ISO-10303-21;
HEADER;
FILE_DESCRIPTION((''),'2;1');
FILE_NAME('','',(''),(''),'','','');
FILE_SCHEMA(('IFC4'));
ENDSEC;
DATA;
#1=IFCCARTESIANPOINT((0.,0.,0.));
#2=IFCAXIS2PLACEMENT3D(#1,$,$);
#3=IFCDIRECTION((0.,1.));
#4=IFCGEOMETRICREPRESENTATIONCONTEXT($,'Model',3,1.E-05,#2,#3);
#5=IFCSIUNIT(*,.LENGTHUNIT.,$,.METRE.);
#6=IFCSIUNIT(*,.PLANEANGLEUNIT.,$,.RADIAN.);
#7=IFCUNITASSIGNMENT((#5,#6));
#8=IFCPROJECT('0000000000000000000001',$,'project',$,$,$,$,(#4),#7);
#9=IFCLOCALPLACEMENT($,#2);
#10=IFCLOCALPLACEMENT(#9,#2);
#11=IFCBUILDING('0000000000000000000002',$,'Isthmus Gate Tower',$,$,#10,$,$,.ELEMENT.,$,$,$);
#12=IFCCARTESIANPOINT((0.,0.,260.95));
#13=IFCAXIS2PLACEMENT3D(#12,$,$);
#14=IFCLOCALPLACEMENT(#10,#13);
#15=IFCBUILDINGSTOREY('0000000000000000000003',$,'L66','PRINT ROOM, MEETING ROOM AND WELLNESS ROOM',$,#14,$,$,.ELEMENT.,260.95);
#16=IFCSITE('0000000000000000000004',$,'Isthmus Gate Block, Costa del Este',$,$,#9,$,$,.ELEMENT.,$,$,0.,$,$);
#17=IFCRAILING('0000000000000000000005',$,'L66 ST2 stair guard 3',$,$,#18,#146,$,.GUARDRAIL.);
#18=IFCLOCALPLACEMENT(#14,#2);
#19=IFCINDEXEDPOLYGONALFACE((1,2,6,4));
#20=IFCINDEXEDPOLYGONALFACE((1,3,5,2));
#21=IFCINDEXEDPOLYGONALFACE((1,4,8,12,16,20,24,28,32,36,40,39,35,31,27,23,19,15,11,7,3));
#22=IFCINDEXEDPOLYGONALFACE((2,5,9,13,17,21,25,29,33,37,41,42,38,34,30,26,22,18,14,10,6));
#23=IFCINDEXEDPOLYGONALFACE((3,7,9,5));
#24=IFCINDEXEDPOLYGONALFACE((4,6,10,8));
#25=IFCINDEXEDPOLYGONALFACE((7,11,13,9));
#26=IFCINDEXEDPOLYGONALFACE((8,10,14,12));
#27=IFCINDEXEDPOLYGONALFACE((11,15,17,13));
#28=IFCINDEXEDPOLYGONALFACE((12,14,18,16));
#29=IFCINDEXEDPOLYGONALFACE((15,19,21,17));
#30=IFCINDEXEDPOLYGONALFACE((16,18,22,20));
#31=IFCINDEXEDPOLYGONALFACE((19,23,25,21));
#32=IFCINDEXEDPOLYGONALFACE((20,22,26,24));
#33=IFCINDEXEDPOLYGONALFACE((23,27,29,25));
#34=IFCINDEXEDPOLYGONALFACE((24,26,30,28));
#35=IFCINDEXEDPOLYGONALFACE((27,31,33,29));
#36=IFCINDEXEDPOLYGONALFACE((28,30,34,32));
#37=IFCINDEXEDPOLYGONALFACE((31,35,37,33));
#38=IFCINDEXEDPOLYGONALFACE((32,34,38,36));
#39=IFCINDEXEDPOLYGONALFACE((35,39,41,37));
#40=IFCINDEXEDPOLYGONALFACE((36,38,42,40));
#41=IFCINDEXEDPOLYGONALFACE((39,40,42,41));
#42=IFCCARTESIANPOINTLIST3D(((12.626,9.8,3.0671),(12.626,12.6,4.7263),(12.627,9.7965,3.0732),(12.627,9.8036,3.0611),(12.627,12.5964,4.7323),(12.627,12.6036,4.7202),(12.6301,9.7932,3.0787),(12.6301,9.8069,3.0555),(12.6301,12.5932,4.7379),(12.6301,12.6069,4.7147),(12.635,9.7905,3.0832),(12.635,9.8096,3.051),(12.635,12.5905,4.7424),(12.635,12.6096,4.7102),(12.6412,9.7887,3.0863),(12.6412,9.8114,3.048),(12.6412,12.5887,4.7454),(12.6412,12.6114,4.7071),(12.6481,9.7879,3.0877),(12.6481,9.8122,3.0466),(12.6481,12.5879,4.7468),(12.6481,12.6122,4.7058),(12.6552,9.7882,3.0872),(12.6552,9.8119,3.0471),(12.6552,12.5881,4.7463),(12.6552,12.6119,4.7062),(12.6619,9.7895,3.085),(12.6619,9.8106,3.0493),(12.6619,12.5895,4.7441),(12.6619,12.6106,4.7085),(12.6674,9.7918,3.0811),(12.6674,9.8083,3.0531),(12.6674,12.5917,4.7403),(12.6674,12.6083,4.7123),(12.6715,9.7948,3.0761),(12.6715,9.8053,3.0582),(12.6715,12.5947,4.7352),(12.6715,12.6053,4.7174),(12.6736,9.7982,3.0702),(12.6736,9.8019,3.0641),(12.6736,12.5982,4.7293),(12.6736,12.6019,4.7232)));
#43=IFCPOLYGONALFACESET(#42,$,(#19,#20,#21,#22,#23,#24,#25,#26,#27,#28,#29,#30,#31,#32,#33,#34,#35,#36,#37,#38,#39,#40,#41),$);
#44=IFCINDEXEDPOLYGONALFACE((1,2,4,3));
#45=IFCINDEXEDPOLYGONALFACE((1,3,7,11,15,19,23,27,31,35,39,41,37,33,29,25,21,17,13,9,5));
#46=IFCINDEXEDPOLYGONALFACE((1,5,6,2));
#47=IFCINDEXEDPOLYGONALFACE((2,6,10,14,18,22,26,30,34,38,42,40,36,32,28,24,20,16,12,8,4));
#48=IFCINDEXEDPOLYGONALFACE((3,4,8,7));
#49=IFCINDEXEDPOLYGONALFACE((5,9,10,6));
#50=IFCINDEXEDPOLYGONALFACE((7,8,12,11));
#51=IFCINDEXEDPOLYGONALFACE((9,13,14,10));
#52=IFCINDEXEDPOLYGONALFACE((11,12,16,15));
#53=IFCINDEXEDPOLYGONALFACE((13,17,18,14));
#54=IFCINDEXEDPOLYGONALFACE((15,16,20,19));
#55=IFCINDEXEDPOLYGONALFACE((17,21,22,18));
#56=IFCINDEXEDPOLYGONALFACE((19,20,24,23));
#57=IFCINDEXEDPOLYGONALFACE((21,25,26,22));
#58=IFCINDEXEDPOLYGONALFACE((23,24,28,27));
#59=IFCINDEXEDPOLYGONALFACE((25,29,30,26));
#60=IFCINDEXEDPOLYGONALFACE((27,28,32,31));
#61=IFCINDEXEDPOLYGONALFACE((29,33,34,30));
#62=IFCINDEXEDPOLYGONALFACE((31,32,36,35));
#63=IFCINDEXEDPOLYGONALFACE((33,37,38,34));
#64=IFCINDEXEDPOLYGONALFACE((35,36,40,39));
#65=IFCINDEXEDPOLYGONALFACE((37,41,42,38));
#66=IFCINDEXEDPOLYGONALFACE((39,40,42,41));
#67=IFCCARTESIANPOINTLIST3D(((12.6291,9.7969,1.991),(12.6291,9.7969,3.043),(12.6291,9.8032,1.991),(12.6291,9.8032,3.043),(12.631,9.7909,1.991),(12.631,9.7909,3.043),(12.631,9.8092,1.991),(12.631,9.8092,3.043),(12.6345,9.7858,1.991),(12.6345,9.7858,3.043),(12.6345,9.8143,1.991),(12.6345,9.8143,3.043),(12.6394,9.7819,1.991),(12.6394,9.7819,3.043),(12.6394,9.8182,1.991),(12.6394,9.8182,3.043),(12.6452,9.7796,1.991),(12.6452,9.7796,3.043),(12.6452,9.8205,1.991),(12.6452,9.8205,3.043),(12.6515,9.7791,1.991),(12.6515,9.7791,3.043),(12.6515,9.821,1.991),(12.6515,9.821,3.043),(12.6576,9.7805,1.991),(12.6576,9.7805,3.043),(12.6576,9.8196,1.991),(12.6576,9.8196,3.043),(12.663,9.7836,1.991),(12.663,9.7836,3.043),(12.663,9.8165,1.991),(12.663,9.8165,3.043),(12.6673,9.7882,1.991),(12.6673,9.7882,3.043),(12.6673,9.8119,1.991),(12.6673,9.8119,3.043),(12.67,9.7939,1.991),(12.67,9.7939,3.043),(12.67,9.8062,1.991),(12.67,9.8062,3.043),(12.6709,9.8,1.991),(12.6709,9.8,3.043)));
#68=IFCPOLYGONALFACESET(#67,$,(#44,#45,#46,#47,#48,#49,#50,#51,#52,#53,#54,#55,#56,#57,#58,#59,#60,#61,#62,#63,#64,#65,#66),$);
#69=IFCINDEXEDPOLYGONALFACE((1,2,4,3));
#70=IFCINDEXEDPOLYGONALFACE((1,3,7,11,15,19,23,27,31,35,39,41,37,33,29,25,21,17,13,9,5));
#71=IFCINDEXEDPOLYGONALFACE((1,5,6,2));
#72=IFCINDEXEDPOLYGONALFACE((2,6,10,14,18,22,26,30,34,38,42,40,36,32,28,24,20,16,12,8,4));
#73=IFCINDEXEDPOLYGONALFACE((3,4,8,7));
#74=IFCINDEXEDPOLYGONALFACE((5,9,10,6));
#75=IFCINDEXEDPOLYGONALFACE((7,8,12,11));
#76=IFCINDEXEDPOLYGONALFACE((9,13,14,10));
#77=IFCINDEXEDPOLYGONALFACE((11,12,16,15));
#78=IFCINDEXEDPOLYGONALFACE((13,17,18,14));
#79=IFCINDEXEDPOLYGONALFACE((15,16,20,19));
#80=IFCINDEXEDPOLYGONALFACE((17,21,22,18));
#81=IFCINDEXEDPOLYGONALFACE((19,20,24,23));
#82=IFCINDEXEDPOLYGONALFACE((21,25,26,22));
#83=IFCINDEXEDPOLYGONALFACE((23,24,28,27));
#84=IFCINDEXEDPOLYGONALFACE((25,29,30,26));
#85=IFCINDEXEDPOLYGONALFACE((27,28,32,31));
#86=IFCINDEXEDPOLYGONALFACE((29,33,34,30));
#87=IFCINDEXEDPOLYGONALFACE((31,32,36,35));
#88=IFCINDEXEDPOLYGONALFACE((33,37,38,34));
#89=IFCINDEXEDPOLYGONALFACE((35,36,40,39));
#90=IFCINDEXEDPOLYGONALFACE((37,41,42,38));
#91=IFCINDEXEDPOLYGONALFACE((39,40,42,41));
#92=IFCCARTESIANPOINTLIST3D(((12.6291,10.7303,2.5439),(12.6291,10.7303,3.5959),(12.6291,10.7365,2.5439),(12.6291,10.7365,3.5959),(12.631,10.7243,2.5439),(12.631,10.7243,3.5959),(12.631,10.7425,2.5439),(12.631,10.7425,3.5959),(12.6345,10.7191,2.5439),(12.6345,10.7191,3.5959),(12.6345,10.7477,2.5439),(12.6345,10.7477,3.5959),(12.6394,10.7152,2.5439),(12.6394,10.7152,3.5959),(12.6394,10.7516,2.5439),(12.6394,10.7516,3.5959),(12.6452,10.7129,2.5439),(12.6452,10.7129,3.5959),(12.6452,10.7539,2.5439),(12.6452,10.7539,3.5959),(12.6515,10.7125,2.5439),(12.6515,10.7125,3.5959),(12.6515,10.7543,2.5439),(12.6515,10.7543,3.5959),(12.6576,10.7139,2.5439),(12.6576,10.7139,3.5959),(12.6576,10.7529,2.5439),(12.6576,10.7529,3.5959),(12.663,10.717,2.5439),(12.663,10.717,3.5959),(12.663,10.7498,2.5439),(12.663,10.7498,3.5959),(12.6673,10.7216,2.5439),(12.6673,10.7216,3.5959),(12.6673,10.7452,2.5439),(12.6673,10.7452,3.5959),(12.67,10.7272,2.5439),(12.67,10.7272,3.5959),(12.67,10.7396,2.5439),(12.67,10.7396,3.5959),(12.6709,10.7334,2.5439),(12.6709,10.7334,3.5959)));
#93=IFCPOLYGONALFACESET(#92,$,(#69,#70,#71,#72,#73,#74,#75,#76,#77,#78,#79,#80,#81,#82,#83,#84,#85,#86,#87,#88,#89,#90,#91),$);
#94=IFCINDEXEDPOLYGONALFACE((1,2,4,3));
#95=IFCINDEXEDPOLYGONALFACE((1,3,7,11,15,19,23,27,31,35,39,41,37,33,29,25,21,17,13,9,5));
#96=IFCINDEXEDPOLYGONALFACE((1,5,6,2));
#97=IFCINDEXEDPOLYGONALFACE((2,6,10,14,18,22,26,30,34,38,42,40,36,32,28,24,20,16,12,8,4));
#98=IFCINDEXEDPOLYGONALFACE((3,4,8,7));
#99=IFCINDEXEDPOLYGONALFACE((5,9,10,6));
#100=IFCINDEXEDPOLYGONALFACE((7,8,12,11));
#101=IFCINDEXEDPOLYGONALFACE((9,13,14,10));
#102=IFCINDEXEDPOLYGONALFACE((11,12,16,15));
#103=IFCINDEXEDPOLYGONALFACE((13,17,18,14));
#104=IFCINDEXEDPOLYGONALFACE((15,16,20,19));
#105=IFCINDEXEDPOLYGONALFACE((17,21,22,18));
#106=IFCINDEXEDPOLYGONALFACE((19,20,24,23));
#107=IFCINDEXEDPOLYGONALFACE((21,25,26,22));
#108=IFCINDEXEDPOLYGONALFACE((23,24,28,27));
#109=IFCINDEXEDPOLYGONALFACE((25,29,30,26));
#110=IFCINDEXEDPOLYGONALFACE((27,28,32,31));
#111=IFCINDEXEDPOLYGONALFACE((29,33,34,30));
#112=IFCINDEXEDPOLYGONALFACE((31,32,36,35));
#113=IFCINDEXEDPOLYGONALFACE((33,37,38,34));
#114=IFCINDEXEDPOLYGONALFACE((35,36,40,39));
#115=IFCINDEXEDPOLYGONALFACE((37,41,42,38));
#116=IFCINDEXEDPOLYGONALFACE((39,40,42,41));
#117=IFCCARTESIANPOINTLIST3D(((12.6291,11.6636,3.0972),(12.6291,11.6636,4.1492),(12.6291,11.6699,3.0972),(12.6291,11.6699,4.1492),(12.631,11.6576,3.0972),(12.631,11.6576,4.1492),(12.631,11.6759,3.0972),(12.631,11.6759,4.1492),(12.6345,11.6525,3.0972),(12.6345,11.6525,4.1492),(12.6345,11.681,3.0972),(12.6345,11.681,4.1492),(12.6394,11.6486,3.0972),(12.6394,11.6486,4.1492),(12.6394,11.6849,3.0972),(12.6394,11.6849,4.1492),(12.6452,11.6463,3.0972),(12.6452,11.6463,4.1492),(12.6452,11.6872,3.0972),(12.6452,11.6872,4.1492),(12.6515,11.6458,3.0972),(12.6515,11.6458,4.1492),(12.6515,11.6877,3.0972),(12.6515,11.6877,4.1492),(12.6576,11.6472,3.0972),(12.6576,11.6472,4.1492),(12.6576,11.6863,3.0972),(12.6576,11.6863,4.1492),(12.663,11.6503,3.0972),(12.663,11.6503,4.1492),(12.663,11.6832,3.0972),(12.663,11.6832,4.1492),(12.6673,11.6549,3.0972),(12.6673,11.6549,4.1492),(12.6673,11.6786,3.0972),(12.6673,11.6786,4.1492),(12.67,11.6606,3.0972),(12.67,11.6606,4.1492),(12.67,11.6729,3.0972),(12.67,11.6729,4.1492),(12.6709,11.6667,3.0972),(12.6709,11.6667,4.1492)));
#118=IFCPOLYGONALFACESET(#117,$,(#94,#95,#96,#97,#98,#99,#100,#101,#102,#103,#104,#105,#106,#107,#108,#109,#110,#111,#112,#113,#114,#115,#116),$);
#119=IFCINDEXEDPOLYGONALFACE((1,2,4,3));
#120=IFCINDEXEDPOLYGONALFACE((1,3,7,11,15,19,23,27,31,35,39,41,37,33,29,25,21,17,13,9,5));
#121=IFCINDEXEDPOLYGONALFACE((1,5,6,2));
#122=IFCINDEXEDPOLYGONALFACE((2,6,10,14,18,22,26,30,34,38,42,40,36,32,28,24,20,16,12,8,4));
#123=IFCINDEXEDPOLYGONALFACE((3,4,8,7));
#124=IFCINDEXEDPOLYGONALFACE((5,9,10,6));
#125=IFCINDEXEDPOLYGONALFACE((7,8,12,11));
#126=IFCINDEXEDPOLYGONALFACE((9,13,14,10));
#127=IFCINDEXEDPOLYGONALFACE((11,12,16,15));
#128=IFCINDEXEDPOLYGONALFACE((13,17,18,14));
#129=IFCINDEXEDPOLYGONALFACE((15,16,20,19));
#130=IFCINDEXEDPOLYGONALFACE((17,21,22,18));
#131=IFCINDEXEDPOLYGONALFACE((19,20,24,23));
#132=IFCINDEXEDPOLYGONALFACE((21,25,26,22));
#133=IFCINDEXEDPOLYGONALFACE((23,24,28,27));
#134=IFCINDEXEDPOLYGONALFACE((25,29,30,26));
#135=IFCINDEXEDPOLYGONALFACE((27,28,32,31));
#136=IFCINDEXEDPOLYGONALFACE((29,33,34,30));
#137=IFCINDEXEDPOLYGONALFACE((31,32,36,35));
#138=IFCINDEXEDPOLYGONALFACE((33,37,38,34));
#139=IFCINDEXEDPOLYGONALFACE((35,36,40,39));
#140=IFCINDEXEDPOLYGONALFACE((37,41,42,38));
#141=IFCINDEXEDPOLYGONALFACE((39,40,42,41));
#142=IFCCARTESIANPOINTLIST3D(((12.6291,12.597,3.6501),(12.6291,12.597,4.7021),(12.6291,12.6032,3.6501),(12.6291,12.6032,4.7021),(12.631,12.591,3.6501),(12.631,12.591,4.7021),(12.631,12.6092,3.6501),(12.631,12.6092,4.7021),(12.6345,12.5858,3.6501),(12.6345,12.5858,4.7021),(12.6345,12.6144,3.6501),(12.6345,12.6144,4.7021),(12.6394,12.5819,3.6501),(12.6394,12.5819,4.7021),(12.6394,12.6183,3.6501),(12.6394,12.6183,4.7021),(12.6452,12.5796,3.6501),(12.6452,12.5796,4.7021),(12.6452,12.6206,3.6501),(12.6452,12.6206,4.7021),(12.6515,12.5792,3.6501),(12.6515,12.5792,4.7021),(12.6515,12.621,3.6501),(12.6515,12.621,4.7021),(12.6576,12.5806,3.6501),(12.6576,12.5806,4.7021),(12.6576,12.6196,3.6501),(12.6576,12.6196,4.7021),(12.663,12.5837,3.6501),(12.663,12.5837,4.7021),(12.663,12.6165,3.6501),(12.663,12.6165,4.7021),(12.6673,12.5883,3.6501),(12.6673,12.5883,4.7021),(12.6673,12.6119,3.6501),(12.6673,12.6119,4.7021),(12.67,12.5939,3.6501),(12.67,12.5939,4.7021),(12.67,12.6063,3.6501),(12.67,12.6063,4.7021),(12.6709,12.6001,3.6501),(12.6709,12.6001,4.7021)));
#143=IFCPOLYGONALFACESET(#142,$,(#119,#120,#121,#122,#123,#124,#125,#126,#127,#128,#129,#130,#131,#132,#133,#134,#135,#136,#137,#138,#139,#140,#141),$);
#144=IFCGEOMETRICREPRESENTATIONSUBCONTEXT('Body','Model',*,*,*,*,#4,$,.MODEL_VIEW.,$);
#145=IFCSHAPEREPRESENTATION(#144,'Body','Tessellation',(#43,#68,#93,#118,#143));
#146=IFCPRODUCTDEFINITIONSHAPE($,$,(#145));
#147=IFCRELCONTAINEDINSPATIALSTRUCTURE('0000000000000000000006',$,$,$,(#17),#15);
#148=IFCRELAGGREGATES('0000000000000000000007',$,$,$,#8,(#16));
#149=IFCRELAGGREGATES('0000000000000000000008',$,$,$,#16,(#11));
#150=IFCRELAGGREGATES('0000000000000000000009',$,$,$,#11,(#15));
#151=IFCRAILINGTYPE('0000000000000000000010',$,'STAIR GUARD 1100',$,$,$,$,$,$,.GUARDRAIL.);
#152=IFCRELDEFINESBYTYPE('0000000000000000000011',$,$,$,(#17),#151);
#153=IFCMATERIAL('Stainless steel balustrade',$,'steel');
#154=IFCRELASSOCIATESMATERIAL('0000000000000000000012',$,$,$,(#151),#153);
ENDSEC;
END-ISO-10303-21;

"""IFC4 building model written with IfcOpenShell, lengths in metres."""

from ifc_helpers import new_model, si_unit, direction, frame, origin, origin_2d, place, context, subcontext, project, spatial, circle, extrude, material, type_object, element, save


model = new_model("IFC4")

# Units and contexts
model_context = context("Model", 3, precision=1e-05, world=origin(), true_north=direction((0.0, 1.0)))
body_context = subcontext(model_context, "Body", "Model", "MODEL_VIEW")
ifc_project = project(units=[si_unit("LENGTHUNIT", "METRE"), si_unit("PLANEANGLEUNIT", "RADIAN")], contexts=[model_context])

# Site, building, storey
site_placement = place(None, origin())
site = spatial("IfcSite", under=ifc_project, at=site_placement, Name="Isthmus Gate Block, Costa del Este", CompositionType="ELEMENT", RefElevation=0.0)
building_placement = place(site_placement, origin())
building = spatial("IfcBuilding", under=site, at=building_placement, Name="Isthmus Gate Tower", CompositionType="ELEMENT")
storey_placement = place(building_placement, frame((0.0, 0.0, 260.95)))
storey = spatial("IfcBuildingStorey", under=building, at=storey_placement, Name="L66", Description="PRINT ROOM, MEETING ROOM AND WELLNESS ROOM", CompositionType="ELEMENT", Elevation=260.95)

# Railing
ifc_material_1 = material(Name="Stainless steel balustrade", Category="steel")
railing_type_1 = type_object("IfcRailingType", Name="STAIR GUARD 1100", PredefinedType="GUARDRAIL", material=ifc_material_1)
railing_1_placement = place(storey_placement, frame((12.6499, 9.8, 1.991)))
element("IfcRailing", 1, at=railing_1_placement, inside=storey, type_object=railing_type_1, Name="L66 ST2 stair guard 3", PredefinedType="GUARDRAIL", context=body_context, shape_type="SweptSolid", body=[
    extrude(circle(Radius=0.0239, at=origin_2d()), frame((0.0, 0.0, 1.0762), z_axis=(0.0, 0.860306, 0.509778), x_axis=(-1.0, 0.0, 0.0)), (0.0, 0.0, 1.0), 3.2546),
    extrude(circle(Radius=0.021, at=origin_2d()), origin(), (0.0, 0.0, 1.0), 1.052),
    extrude(circle(Radius=0.021, at=origin_2d()), frame((0.0, 0.9333, 0.553)), (0.0, 0.0, 1.0), 1.052),
    extrude(circle(Radius=0.021, at=origin_2d()), frame((0.0, 1.8667, 1.1062)), (0.0, 0.0, 1.0), 1.052),
    extrude(circle(Radius=0.021, at=origin_2d()), frame((0.0, 2.8, 1.6592)), (0.0, 0.0, 1.0), 1.052),
])

save(model, "model.ifc")
